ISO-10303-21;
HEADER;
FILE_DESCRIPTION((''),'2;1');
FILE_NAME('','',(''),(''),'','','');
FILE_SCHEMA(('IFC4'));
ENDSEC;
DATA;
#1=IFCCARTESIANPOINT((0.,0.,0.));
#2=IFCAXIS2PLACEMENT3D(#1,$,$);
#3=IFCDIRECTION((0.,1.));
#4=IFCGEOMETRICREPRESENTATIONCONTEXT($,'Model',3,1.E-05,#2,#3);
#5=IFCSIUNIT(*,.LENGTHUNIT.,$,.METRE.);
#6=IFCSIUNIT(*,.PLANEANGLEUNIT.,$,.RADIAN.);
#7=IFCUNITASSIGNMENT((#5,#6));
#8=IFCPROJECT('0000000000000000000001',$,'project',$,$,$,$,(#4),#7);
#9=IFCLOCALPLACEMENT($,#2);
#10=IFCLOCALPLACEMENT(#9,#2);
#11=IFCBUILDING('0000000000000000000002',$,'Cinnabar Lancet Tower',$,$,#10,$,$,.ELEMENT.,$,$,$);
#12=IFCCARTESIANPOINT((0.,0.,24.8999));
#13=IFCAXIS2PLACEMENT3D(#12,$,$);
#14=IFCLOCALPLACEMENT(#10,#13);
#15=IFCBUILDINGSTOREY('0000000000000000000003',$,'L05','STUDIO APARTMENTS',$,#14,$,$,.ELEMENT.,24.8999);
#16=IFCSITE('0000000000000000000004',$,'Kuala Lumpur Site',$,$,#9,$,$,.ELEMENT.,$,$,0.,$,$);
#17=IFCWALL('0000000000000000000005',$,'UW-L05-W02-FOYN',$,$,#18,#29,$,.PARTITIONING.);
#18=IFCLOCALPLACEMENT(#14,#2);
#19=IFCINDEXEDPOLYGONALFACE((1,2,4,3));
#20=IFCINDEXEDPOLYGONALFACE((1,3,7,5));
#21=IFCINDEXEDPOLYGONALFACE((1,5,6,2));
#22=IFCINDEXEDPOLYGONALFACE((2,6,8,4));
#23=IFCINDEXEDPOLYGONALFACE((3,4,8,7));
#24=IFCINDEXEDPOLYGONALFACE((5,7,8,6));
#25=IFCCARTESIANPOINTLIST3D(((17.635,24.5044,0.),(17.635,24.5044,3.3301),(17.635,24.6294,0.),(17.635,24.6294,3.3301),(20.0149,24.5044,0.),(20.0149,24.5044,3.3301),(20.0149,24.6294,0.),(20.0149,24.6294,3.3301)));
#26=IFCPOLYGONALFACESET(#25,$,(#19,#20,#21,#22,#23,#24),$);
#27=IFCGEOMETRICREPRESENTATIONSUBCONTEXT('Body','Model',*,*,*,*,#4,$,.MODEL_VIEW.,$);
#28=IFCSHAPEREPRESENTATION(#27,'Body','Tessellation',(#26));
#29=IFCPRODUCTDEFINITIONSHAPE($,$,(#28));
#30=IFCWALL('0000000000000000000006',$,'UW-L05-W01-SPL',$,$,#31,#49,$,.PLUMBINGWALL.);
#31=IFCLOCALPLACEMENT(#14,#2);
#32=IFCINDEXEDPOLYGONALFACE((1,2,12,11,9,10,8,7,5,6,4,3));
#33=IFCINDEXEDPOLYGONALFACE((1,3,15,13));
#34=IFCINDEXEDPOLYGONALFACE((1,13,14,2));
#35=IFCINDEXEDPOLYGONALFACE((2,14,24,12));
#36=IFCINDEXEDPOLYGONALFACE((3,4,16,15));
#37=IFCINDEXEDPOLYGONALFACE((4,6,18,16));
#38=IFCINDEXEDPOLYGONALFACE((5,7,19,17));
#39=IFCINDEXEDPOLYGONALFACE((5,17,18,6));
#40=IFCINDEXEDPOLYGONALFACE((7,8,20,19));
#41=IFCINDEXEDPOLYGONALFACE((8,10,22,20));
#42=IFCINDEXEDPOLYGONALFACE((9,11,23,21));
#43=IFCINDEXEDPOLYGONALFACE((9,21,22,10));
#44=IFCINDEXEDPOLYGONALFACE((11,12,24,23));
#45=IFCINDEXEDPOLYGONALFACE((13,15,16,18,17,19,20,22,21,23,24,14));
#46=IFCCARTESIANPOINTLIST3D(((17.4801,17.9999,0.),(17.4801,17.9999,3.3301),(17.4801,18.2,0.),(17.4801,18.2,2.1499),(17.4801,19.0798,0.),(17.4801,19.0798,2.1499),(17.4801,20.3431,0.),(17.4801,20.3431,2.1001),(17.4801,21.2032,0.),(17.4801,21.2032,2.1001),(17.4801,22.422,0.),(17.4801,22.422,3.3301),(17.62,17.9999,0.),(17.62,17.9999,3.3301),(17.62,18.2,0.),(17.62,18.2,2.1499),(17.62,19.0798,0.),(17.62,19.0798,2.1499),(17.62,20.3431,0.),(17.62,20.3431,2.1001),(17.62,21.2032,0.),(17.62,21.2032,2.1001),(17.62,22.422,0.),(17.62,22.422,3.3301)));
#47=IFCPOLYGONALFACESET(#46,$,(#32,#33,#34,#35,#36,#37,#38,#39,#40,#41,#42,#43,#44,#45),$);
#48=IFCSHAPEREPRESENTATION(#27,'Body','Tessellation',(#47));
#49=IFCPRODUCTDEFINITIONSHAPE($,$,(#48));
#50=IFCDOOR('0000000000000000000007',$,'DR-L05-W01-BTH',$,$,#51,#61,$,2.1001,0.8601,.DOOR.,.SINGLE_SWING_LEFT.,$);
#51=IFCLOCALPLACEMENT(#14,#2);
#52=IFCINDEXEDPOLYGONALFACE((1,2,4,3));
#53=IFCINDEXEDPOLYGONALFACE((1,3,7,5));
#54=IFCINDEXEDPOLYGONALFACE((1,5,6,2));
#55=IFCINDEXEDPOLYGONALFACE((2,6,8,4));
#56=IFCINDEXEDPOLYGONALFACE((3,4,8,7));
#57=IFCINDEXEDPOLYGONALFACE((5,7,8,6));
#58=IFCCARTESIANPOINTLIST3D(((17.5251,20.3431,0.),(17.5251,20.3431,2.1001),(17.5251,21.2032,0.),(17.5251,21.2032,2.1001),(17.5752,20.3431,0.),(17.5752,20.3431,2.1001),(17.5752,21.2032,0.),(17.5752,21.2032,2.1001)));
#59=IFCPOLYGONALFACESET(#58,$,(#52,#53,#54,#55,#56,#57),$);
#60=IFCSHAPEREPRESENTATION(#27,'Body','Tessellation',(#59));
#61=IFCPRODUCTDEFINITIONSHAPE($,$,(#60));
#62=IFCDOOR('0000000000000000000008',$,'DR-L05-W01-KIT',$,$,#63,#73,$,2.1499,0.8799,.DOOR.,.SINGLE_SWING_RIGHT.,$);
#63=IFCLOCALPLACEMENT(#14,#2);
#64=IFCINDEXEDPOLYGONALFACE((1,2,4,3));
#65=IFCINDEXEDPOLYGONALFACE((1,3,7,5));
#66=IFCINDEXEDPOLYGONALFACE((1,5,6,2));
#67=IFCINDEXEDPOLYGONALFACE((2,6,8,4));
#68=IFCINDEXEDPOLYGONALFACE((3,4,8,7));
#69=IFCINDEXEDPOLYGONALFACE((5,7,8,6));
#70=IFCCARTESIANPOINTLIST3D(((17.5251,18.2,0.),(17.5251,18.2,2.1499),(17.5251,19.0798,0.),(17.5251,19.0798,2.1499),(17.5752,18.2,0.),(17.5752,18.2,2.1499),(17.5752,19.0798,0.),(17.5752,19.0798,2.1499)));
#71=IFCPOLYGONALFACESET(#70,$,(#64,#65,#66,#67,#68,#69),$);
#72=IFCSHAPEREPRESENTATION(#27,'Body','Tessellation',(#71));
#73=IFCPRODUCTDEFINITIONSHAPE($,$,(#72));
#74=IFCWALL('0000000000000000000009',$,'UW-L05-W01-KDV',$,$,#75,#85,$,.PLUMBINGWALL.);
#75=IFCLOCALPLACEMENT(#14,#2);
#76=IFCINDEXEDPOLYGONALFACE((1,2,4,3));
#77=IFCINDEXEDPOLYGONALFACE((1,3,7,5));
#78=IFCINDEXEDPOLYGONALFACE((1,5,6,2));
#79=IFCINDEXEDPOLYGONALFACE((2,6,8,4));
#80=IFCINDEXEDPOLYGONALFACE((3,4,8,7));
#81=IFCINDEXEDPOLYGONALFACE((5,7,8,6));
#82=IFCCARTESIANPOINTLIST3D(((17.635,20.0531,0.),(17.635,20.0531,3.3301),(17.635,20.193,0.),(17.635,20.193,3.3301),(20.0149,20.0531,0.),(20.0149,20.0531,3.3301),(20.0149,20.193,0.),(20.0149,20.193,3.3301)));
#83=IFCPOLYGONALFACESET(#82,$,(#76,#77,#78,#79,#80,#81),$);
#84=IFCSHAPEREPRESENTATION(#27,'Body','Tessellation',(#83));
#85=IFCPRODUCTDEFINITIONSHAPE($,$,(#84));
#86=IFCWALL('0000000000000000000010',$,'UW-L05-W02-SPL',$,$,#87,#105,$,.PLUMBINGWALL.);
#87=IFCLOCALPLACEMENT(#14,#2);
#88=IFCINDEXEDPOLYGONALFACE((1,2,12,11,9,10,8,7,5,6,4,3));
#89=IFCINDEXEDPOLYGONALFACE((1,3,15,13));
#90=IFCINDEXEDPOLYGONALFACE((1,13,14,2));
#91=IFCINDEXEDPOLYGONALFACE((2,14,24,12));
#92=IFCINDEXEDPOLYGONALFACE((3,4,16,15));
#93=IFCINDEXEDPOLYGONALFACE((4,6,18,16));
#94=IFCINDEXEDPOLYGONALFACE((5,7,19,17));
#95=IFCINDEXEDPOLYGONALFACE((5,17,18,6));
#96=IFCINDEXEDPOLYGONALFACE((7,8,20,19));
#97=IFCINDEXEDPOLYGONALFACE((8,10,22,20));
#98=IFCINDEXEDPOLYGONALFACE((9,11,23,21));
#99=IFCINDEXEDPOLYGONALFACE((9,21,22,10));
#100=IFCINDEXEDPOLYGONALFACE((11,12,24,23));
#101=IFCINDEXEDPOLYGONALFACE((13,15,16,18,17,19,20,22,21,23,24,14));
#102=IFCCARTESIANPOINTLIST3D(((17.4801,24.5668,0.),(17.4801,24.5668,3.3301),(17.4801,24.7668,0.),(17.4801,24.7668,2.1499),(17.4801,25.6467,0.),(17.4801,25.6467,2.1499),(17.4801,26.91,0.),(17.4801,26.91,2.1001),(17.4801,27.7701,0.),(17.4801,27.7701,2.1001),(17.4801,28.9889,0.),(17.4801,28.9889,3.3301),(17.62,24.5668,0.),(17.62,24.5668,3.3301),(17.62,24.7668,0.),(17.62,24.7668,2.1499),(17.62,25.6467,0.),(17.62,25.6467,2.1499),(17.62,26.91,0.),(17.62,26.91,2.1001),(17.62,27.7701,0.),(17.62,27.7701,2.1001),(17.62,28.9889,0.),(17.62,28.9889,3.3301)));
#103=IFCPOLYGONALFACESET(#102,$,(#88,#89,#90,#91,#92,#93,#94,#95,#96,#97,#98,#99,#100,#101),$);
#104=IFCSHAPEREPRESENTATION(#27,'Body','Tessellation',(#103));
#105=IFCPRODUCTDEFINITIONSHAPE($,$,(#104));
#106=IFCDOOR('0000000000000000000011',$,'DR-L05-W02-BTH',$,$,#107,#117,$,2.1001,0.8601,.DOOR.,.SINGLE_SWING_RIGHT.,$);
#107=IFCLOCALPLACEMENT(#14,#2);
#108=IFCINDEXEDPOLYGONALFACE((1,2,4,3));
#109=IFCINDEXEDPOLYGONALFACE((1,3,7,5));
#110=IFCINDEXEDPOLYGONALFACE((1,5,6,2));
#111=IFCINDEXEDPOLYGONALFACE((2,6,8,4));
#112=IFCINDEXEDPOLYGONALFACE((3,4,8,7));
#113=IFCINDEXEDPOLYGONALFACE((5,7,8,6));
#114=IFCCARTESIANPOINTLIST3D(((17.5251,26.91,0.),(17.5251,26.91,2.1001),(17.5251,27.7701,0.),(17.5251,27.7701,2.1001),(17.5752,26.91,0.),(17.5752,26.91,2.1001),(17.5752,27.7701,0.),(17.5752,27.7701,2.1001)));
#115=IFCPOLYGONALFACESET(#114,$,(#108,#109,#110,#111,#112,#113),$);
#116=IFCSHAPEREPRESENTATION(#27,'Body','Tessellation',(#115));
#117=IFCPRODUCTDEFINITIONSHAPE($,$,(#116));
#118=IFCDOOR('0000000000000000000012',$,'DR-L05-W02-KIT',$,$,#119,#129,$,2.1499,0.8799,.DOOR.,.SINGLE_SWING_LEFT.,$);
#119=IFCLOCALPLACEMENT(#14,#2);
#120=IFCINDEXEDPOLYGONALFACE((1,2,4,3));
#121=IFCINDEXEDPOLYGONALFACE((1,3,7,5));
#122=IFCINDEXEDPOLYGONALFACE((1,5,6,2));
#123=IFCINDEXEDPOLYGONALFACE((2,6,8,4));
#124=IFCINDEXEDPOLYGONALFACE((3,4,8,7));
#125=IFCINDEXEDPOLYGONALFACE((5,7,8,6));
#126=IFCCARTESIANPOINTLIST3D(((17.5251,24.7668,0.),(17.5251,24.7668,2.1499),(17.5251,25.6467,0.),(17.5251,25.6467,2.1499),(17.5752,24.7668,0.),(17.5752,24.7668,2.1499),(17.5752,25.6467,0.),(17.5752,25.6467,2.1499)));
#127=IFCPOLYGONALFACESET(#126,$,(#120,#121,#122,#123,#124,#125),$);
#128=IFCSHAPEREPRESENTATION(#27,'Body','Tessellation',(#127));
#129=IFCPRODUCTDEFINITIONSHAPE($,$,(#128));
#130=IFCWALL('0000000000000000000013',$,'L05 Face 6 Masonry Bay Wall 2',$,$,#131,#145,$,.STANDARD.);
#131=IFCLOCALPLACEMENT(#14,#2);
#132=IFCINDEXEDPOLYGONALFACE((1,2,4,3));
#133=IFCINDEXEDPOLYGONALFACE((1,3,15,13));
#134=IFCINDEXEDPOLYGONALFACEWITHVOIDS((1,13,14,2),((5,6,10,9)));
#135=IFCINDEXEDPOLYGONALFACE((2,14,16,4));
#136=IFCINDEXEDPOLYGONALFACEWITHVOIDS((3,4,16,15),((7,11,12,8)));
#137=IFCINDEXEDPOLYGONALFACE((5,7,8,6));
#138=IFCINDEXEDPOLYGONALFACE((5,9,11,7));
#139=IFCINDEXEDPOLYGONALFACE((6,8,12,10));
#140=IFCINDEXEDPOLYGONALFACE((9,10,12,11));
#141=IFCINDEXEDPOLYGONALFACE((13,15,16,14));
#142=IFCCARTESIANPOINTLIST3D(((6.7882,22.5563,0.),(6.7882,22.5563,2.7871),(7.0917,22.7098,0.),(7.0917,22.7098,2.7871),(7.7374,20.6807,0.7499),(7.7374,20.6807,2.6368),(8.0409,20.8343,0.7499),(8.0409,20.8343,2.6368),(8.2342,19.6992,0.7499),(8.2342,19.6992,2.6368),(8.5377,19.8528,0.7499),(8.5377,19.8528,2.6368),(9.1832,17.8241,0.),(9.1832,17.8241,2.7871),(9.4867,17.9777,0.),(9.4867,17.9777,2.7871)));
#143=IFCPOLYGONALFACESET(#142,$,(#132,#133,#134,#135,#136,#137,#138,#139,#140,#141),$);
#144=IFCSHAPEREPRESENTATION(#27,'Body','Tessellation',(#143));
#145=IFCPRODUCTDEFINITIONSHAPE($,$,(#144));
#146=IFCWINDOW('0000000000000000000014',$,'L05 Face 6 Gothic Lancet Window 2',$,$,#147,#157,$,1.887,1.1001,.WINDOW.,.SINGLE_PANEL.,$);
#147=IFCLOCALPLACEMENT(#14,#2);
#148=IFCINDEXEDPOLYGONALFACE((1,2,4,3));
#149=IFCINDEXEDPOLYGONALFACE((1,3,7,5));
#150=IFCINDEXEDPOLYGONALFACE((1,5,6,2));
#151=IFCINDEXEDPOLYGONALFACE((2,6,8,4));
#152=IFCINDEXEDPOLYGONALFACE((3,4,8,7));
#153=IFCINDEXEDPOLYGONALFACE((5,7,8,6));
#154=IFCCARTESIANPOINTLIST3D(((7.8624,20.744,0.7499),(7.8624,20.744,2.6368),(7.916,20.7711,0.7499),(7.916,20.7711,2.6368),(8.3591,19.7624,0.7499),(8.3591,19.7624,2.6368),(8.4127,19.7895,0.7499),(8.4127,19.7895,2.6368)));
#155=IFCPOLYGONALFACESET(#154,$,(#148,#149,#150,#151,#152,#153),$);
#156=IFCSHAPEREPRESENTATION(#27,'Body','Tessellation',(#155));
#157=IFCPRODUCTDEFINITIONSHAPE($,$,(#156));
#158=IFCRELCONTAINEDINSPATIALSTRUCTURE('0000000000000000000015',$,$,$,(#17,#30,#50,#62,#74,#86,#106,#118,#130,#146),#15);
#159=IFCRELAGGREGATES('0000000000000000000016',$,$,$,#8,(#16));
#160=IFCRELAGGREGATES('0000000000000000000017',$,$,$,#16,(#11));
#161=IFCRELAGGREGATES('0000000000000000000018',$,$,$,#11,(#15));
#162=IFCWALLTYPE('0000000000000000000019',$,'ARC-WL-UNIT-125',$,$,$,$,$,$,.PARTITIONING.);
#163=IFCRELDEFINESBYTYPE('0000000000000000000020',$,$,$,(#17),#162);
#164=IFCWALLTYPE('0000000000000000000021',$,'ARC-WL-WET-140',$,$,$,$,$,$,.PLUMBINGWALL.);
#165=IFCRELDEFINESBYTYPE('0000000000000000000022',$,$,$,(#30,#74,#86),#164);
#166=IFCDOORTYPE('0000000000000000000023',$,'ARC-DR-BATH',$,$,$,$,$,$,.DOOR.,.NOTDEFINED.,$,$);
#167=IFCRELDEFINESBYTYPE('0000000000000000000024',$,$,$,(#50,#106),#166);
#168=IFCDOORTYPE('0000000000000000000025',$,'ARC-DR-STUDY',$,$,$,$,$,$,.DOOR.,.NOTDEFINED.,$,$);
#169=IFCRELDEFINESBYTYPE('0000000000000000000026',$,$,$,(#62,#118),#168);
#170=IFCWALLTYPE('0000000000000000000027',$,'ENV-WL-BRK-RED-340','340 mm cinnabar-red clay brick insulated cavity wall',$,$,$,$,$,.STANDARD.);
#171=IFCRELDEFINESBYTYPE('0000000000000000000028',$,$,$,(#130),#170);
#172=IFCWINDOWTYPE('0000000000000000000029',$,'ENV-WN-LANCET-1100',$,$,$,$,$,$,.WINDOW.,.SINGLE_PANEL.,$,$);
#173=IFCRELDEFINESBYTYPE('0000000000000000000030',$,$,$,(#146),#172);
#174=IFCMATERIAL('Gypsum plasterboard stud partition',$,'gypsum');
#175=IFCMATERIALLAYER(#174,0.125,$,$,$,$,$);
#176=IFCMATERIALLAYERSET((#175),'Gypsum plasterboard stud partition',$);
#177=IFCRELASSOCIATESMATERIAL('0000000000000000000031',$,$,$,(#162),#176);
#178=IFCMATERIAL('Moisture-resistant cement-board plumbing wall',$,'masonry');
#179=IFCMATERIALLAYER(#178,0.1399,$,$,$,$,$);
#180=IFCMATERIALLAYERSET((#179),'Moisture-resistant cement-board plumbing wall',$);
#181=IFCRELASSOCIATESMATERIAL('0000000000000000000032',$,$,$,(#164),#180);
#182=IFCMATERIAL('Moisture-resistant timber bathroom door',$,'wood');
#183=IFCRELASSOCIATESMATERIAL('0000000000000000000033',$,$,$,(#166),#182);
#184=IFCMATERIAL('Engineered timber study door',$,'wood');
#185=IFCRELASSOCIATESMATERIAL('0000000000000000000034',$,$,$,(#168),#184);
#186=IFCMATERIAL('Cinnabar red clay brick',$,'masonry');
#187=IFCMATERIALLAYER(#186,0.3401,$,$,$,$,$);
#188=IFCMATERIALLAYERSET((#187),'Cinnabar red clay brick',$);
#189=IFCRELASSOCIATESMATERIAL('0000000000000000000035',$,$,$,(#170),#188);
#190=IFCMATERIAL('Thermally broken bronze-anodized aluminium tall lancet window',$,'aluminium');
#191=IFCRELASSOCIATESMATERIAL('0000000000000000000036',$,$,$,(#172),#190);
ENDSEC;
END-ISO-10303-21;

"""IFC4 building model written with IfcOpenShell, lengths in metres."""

from ifc_helpers import new_model, si_unit, direction, frame, frame_2d, origin, place, context, subcontext, project, spatial, rectangle, extrude, material, layer, layer_set, type_object, element, fill, save


model = new_model("IFC4")

# Units and contexts
model_context = context("Model", 3, precision=1e-05, world=origin(), true_north=direction((0.0, 1.0)))
body_context = subcontext(model_context, "Body", "Model", "MODEL_VIEW")
ifc_project = project(units=[si_unit("LENGTHUNIT", "METRE"), si_unit("PLANEANGLEUNIT", "RADIAN")], contexts=[model_context])

# Site, building, storey
site_placement = place(None, origin())
site = spatial("IfcSite", under=ifc_project, at=site_placement, Name="Kuala Lumpur Site", CompositionType="ELEMENT", RefElevation=0.0)
building_placement = place(site_placement, origin())
building = spatial("IfcBuilding", under=site, at=building_placement, Name="Cinnabar Lancet Tower", CompositionType="ELEMENT")
storey_placement = place(building_placement, frame((0.0, 0.0, 24.8999)))
storey = spatial("IfcBuildingStorey", under=building, at=storey_placement, Name="L05", Description="STUDIO APARTMENTS", CompositionType="ELEMENT", Elevation=24.8999)

# Wall
ifc_material_1 = material(Name="Gypsum plasterboard stud partition", Category="gypsum")
ifc_layer_1 = layer(ifc_material_1, 0.125)
ifc_layer_set_1 = layer_set([ifc_layer_1], Name="Gypsum plasterboard stud partition")
wall_type_1 = type_object("IfcWallType", Name="ARC-WL-UNIT-125", PredefinedType="PARTITIONING", material=ifc_layer_set_1)
wall_1_placement = place(storey_placement, frame((17.635, 24.5669, 0.0), z_axis=(0.0, 0.0, 1.0), x_axis=(1.0, 0.0, 0.0)))
element("IfcWall", 1, at=wall_1_placement, inside=storey, type_object=wall_type_1, Name="UW-L05-W02-FOYN", PredefinedType="PARTITIONING", context=body_context, shape_type="SweptSolid", body=[
    extrude(rectangle(XDim=2.3799, YDim=0.125, at=frame_2d((1.1899, 0.0))), origin(), (0.0, 0.0, 1.0), 3.3301),
])

# Wall, openings, doors
ifc_material_2 = material(Name="Moisture-resistant cement-board plumbing wall", Category="masonry")
ifc_layer_2 = layer(ifc_material_2, 0.1399)
ifc_layer_set_2 = layer_set([ifc_layer_2], Name="Moisture-resistant cement-board plumbing wall")
wall_type_2 = type_object("IfcWallType", Name="ARC-WL-WET-140", PredefinedType="PLUMBINGWALL", material=ifc_layer_set_2)
wall_2_placement = place(storey_placement, frame((17.55, 18.0, 0.0), z_axis=(0.0, 0.0, 1.0), x_axis=(0.0, 1.0, 0.0)))
wall_2 = element("IfcWall", 2, at=wall_2_placement, inside=storey, type_object=wall_type_2, Name="UW-L05-W01-SPL", PredefinedType="PLUMBINGWALL", context=body_context, shape_type="SweptSolid", body=[
    extrude(rectangle(XDim=4.4221, YDim=0.1399, at=frame_2d((2.2109, 0.0))), origin(), (0.0, 0.0, 1.0), 3.3301),
])
opening_1_placement = place(wall_2_placement, frame((2.343, 0.0, 0.0)))
opening_1 = element("IfcOpeningElement", 3, at=opening_1_placement, cuts=wall_2, PredefinedType="OPENING", context=body_context, shape_type="SweptSolid", body=[
    extrude(rectangle(XDim=0.8601, YDim=2.1001, at=frame_2d((0.4302, 1.05))), frame((0.0, 0.0798, 0.0), z_axis=(0.0, -1.0, 0.0), x_axis=(1.0, 0.0, 0.0)), (0.0, 0.0, 1.0), 0.1599),
])
opening_2_placement = place(wall_2_placement, frame((0.2, 0.0, 0.0)))
opening_2 = element("IfcOpeningElement", 4, at=opening_2_placement, cuts=wall_2, PredefinedType="OPENING", context=body_context, shape_type="SweptSolid", body=[
    extrude(rectangle(XDim=0.8799, YDim=2.1499, at=frame_2d((0.4399, 1.075))), frame((0.0, 0.0798, 0.0), z_axis=(0.0, -1.0, 0.0), x_axis=(1.0, 0.0, 0.0)), (0.0, 0.0, 1.0), 0.1599),
])
ifc_material_3 = material(Name="Moisture-resistant timber bathroom door", Category="wood")
door_type_1 = type_object("IfcDoorType", Name="ARC-DR-BATH", OperationType="NOTDEFINED", PredefinedType="DOOR", material=ifc_material_3)
door_1_placement = place(opening_1_placement, origin())
door_1 = element("IfcDoor", 5, at=door_1_placement, inside=storey, type_object=door_type_1, Name="DR-L05-W01-BTH", OperationType="SINGLE_SWING_LEFT", OverallHeight=2.1001, OverallWidth=0.8601, PredefinedType="DOOR", context=body_context, shape_type="SweptSolid", body=[
    extrude(rectangle(XDim=0.8601, YDim=2.1001, at=frame_2d((0.4302, 1.05))), frame((0.0, 0.0249, 0.0), z_axis=(0.0, -1.0, 0.0), x_axis=(1.0, 0.0, 0.0)), (0.0, 0.0, 1.0), 0.05),
])
fill(opening_1, door_1)
ifc_material_4 = material(Name="Engineered timber study door", Category="wood")
door_type_2 = type_object("IfcDoorType", Name="ARC-DR-STUDY", OperationType="NOTDEFINED", PredefinedType="DOOR", material=ifc_material_4)
door_2_placement = place(opening_2_placement, origin())
door_2 = element("IfcDoor", 6, at=door_2_placement, inside=storey, type_object=door_type_2, Name="DR-L05-W01-KIT", OperationType="SINGLE_SWING_RIGHT", OverallHeight=2.1499, OverallWidth=0.8799, PredefinedType="DOOR", context=body_context, shape_type="SweptSolid", body=[
    extrude(rectangle(XDim=0.8799, YDim=2.1499, at=frame_2d((0.4399, 1.075))), frame((0.0, 0.0249, 0.0), z_axis=(0.0, -1.0, 0.0), x_axis=(1.0, 0.0, 0.0)), (0.0, 0.0, 1.0), 0.05),
])
fill(opening_2, door_2)

# Wall
wall_3_placement = place(storey_placement, frame((17.635, 20.123, 0.0), z_axis=(0.0, 0.0, 1.0), x_axis=(1.0, 0.0, 0.0)))
element("IfcWall", 7, at=wall_3_placement, inside=storey, type_object=wall_type_2, Name="UW-L05-W01-KDV", PredefinedType="PLUMBINGWALL", context=body_context, shape_type="SweptSolid", body=[
    extrude(rectangle(XDim=2.3799, YDim=0.1399, at=frame_2d((1.1899, 0.0))), origin(), (0.0, 0.0, 1.0), 3.3301),
])

# Wall, openings, doors
wall_4_placement = place(storey_placement, frame((17.55, 24.5669, 0.0), z_axis=(0.0, 0.0, 1.0), x_axis=(0.0, 1.0, 0.0)))
wall_4 = element("IfcWall", 8, at=wall_4_placement, inside=storey, type_object=wall_type_2, Name="UW-L05-W02-SPL", PredefinedType="PLUMBINGWALL", context=body_context, shape_type="SweptSolid", body=[
    extrude(rectangle(XDim=4.4221, YDim=0.1399, at=frame_2d((2.2109, 0.0))), origin(), (0.0, 0.0, 1.0), 3.3301),
])
opening_3_placement = place(wall_4_placement, frame((2.343, 0.0, 0.0)))
opening_3 = element("IfcOpeningElement", 9, at=opening_3_placement, cuts=wall_4, PredefinedType="OPENING", context=body_context, shape_type="SweptSolid", body=[
    extrude(rectangle(XDim=0.8601, YDim=2.1001, at=frame_2d((0.4302, 1.05))), frame((0.0, 0.0798, 0.0), z_axis=(0.0, -1.0, 0.0), x_axis=(1.0, 0.0, 0.0)), (0.0, 0.0, 1.0), 0.1599),
])
opening_4_placement = place(wall_4_placement, frame((0.2, 0.0, 0.0)))
opening_4 = element("IfcOpeningElement", 10, at=opening_4_placement, cuts=wall_4, PredefinedType="OPENING", context=body_context, shape_type="SweptSolid", body=[
    extrude(rectangle(XDim=0.8799, YDim=2.1499, at=frame_2d((0.4399, 1.075))), frame((0.0, 0.0798, 0.0), z_axis=(0.0, -1.0, 0.0), x_axis=(1.0, 0.0, 0.0)), (0.0, 0.0, 1.0), 0.1599),
])
door_3_placement = place(opening_3_placement, origin())
door_3 = element("IfcDoor", 11, at=door_3_placement, inside=storey, type_object=door_type_1, Name="DR-L05-W02-BTH", OperationType="SINGLE_SWING_RIGHT", OverallHeight=2.1001, OverallWidth=0.8601, PredefinedType="DOOR", context=body_context, shape_type="SweptSolid", body=[
    extrude(rectangle(XDim=0.8601, YDim=2.1001, at=frame_2d((0.4302, 1.05))), frame((0.0, 0.0249, 0.0), z_axis=(0.0, -1.0, 0.0), x_axis=(1.0, 0.0, 0.0)), (0.0, 0.0, 1.0), 0.05),
])
fill(opening_3, door_3)
door_4_placement = place(opening_4_placement, origin())
door_4 = element("IfcDoor", 12, at=door_4_placement, inside=storey, type_object=door_type_2, Name="DR-L05-W02-KIT", OperationType="SINGLE_SWING_LEFT", OverallHeight=2.1499, OverallWidth=0.8799, PredefinedType="DOOR", context=body_context, shape_type="SweptSolid", body=[
    extrude(rectangle(XDim=0.8799, YDim=2.1499, at=frame_2d((0.4399, 1.075))), frame((0.0, 0.0249, 0.0), z_axis=(0.0, -1.0, 0.0), x_axis=(1.0, 0.0, 0.0)), (0.0, 0.0, 1.0), 0.05),
])
fill(opening_4, door_4)

# Wall, opening, window
ifc_material_5 = material(Name="Cinnabar red clay brick", Category="masonry")
ifc_layer_3 = layer(ifc_material_5, 0.3401)
ifc_layer_set_3 = layer_set([ifc_layer_3], Name="Cinnabar red clay brick")
wall_type_3 = type_object("IfcWallType", Name="ENV-WL-BRK-RED-340", Description="340 mm cinnabar-red clay brick insulated cavity wall", PredefinedType="STANDARD", material=ifc_layer_set_3)
wall_5_placement = place(storey_placement, frame((6.9399, 22.6331, 0.0), z_axis=(0.0, 0.0, 1.0), x_axis=(0.451572, -0.892235, 0.0)))
wall_5 = element("IfcWall", 13, at=wall_5_placement, inside=storey, type_object=wall_type_3, Name="L05 Face 6 Masonry Bay Wall 2", PredefinedType="STANDARD", context=body_context, shape_type="SweptSolid", body=[
    extrude(rectangle(XDim=5.3037, YDim=0.3401, at=frame_2d((2.6519, 0.0))), origin(), (0.0, 0.0, 1.0), 2.7871),
])
opening_5_placement = place(wall_5_placement, frame((2.1021, 0.0, 0.75)))
opening_5 = element("IfcOpeningElement", 14, at=opening_5_placement, cuts=wall_5, PredefinedType="OPENING", context=body_context, shape_type="SweptSolid", body=[
    extrude(rectangle(XDim=1.1001, YDim=1.887, at=frame_2d((0.55, 0.9434))), frame((0.0, 0.1799, 0.0), z_axis=(0.0, -1.0, 0.0), x_axis=(1.0, 0.0, 0.0)), (0.0, 0.0, 1.0), 0.3601),
])
ifc_material_6 = material(Name="Thermally broken bronze-anodized aluminium tall lancet window", Category="aluminium")
window_type = type_object("IfcWindowType", Name="ENV-WN-LANCET-1100", PartitioningType="SINGLE_PANEL", PredefinedType="WINDOW", material=ifc_material_6)
window_placement = place(opening_5_placement, origin())
window = element("IfcWindow", 15, at=window_placement, inside=storey, type_object=window_type, Name="L05 Face 6 Gothic Lancet Window 2", OverallHeight=1.887, OverallWidth=1.1001, PartitioningType="SINGLE_PANEL", PredefinedType="WINDOW", context=body_context, shape_type="SweptSolid", body=[
    extrude(rectangle(XDim=1.1001, YDim=1.887, at=frame_2d((0.55, 0.9434))), frame((0.0, 0.03, 0.0), z_axis=(0.0, -1.0, 0.0), x_axis=(1.0, 0.0, 0.0)), (0.0, 0.0, 1.0), 0.0601),
])
fill(opening_5, window)

save(model, "model.ifc")
